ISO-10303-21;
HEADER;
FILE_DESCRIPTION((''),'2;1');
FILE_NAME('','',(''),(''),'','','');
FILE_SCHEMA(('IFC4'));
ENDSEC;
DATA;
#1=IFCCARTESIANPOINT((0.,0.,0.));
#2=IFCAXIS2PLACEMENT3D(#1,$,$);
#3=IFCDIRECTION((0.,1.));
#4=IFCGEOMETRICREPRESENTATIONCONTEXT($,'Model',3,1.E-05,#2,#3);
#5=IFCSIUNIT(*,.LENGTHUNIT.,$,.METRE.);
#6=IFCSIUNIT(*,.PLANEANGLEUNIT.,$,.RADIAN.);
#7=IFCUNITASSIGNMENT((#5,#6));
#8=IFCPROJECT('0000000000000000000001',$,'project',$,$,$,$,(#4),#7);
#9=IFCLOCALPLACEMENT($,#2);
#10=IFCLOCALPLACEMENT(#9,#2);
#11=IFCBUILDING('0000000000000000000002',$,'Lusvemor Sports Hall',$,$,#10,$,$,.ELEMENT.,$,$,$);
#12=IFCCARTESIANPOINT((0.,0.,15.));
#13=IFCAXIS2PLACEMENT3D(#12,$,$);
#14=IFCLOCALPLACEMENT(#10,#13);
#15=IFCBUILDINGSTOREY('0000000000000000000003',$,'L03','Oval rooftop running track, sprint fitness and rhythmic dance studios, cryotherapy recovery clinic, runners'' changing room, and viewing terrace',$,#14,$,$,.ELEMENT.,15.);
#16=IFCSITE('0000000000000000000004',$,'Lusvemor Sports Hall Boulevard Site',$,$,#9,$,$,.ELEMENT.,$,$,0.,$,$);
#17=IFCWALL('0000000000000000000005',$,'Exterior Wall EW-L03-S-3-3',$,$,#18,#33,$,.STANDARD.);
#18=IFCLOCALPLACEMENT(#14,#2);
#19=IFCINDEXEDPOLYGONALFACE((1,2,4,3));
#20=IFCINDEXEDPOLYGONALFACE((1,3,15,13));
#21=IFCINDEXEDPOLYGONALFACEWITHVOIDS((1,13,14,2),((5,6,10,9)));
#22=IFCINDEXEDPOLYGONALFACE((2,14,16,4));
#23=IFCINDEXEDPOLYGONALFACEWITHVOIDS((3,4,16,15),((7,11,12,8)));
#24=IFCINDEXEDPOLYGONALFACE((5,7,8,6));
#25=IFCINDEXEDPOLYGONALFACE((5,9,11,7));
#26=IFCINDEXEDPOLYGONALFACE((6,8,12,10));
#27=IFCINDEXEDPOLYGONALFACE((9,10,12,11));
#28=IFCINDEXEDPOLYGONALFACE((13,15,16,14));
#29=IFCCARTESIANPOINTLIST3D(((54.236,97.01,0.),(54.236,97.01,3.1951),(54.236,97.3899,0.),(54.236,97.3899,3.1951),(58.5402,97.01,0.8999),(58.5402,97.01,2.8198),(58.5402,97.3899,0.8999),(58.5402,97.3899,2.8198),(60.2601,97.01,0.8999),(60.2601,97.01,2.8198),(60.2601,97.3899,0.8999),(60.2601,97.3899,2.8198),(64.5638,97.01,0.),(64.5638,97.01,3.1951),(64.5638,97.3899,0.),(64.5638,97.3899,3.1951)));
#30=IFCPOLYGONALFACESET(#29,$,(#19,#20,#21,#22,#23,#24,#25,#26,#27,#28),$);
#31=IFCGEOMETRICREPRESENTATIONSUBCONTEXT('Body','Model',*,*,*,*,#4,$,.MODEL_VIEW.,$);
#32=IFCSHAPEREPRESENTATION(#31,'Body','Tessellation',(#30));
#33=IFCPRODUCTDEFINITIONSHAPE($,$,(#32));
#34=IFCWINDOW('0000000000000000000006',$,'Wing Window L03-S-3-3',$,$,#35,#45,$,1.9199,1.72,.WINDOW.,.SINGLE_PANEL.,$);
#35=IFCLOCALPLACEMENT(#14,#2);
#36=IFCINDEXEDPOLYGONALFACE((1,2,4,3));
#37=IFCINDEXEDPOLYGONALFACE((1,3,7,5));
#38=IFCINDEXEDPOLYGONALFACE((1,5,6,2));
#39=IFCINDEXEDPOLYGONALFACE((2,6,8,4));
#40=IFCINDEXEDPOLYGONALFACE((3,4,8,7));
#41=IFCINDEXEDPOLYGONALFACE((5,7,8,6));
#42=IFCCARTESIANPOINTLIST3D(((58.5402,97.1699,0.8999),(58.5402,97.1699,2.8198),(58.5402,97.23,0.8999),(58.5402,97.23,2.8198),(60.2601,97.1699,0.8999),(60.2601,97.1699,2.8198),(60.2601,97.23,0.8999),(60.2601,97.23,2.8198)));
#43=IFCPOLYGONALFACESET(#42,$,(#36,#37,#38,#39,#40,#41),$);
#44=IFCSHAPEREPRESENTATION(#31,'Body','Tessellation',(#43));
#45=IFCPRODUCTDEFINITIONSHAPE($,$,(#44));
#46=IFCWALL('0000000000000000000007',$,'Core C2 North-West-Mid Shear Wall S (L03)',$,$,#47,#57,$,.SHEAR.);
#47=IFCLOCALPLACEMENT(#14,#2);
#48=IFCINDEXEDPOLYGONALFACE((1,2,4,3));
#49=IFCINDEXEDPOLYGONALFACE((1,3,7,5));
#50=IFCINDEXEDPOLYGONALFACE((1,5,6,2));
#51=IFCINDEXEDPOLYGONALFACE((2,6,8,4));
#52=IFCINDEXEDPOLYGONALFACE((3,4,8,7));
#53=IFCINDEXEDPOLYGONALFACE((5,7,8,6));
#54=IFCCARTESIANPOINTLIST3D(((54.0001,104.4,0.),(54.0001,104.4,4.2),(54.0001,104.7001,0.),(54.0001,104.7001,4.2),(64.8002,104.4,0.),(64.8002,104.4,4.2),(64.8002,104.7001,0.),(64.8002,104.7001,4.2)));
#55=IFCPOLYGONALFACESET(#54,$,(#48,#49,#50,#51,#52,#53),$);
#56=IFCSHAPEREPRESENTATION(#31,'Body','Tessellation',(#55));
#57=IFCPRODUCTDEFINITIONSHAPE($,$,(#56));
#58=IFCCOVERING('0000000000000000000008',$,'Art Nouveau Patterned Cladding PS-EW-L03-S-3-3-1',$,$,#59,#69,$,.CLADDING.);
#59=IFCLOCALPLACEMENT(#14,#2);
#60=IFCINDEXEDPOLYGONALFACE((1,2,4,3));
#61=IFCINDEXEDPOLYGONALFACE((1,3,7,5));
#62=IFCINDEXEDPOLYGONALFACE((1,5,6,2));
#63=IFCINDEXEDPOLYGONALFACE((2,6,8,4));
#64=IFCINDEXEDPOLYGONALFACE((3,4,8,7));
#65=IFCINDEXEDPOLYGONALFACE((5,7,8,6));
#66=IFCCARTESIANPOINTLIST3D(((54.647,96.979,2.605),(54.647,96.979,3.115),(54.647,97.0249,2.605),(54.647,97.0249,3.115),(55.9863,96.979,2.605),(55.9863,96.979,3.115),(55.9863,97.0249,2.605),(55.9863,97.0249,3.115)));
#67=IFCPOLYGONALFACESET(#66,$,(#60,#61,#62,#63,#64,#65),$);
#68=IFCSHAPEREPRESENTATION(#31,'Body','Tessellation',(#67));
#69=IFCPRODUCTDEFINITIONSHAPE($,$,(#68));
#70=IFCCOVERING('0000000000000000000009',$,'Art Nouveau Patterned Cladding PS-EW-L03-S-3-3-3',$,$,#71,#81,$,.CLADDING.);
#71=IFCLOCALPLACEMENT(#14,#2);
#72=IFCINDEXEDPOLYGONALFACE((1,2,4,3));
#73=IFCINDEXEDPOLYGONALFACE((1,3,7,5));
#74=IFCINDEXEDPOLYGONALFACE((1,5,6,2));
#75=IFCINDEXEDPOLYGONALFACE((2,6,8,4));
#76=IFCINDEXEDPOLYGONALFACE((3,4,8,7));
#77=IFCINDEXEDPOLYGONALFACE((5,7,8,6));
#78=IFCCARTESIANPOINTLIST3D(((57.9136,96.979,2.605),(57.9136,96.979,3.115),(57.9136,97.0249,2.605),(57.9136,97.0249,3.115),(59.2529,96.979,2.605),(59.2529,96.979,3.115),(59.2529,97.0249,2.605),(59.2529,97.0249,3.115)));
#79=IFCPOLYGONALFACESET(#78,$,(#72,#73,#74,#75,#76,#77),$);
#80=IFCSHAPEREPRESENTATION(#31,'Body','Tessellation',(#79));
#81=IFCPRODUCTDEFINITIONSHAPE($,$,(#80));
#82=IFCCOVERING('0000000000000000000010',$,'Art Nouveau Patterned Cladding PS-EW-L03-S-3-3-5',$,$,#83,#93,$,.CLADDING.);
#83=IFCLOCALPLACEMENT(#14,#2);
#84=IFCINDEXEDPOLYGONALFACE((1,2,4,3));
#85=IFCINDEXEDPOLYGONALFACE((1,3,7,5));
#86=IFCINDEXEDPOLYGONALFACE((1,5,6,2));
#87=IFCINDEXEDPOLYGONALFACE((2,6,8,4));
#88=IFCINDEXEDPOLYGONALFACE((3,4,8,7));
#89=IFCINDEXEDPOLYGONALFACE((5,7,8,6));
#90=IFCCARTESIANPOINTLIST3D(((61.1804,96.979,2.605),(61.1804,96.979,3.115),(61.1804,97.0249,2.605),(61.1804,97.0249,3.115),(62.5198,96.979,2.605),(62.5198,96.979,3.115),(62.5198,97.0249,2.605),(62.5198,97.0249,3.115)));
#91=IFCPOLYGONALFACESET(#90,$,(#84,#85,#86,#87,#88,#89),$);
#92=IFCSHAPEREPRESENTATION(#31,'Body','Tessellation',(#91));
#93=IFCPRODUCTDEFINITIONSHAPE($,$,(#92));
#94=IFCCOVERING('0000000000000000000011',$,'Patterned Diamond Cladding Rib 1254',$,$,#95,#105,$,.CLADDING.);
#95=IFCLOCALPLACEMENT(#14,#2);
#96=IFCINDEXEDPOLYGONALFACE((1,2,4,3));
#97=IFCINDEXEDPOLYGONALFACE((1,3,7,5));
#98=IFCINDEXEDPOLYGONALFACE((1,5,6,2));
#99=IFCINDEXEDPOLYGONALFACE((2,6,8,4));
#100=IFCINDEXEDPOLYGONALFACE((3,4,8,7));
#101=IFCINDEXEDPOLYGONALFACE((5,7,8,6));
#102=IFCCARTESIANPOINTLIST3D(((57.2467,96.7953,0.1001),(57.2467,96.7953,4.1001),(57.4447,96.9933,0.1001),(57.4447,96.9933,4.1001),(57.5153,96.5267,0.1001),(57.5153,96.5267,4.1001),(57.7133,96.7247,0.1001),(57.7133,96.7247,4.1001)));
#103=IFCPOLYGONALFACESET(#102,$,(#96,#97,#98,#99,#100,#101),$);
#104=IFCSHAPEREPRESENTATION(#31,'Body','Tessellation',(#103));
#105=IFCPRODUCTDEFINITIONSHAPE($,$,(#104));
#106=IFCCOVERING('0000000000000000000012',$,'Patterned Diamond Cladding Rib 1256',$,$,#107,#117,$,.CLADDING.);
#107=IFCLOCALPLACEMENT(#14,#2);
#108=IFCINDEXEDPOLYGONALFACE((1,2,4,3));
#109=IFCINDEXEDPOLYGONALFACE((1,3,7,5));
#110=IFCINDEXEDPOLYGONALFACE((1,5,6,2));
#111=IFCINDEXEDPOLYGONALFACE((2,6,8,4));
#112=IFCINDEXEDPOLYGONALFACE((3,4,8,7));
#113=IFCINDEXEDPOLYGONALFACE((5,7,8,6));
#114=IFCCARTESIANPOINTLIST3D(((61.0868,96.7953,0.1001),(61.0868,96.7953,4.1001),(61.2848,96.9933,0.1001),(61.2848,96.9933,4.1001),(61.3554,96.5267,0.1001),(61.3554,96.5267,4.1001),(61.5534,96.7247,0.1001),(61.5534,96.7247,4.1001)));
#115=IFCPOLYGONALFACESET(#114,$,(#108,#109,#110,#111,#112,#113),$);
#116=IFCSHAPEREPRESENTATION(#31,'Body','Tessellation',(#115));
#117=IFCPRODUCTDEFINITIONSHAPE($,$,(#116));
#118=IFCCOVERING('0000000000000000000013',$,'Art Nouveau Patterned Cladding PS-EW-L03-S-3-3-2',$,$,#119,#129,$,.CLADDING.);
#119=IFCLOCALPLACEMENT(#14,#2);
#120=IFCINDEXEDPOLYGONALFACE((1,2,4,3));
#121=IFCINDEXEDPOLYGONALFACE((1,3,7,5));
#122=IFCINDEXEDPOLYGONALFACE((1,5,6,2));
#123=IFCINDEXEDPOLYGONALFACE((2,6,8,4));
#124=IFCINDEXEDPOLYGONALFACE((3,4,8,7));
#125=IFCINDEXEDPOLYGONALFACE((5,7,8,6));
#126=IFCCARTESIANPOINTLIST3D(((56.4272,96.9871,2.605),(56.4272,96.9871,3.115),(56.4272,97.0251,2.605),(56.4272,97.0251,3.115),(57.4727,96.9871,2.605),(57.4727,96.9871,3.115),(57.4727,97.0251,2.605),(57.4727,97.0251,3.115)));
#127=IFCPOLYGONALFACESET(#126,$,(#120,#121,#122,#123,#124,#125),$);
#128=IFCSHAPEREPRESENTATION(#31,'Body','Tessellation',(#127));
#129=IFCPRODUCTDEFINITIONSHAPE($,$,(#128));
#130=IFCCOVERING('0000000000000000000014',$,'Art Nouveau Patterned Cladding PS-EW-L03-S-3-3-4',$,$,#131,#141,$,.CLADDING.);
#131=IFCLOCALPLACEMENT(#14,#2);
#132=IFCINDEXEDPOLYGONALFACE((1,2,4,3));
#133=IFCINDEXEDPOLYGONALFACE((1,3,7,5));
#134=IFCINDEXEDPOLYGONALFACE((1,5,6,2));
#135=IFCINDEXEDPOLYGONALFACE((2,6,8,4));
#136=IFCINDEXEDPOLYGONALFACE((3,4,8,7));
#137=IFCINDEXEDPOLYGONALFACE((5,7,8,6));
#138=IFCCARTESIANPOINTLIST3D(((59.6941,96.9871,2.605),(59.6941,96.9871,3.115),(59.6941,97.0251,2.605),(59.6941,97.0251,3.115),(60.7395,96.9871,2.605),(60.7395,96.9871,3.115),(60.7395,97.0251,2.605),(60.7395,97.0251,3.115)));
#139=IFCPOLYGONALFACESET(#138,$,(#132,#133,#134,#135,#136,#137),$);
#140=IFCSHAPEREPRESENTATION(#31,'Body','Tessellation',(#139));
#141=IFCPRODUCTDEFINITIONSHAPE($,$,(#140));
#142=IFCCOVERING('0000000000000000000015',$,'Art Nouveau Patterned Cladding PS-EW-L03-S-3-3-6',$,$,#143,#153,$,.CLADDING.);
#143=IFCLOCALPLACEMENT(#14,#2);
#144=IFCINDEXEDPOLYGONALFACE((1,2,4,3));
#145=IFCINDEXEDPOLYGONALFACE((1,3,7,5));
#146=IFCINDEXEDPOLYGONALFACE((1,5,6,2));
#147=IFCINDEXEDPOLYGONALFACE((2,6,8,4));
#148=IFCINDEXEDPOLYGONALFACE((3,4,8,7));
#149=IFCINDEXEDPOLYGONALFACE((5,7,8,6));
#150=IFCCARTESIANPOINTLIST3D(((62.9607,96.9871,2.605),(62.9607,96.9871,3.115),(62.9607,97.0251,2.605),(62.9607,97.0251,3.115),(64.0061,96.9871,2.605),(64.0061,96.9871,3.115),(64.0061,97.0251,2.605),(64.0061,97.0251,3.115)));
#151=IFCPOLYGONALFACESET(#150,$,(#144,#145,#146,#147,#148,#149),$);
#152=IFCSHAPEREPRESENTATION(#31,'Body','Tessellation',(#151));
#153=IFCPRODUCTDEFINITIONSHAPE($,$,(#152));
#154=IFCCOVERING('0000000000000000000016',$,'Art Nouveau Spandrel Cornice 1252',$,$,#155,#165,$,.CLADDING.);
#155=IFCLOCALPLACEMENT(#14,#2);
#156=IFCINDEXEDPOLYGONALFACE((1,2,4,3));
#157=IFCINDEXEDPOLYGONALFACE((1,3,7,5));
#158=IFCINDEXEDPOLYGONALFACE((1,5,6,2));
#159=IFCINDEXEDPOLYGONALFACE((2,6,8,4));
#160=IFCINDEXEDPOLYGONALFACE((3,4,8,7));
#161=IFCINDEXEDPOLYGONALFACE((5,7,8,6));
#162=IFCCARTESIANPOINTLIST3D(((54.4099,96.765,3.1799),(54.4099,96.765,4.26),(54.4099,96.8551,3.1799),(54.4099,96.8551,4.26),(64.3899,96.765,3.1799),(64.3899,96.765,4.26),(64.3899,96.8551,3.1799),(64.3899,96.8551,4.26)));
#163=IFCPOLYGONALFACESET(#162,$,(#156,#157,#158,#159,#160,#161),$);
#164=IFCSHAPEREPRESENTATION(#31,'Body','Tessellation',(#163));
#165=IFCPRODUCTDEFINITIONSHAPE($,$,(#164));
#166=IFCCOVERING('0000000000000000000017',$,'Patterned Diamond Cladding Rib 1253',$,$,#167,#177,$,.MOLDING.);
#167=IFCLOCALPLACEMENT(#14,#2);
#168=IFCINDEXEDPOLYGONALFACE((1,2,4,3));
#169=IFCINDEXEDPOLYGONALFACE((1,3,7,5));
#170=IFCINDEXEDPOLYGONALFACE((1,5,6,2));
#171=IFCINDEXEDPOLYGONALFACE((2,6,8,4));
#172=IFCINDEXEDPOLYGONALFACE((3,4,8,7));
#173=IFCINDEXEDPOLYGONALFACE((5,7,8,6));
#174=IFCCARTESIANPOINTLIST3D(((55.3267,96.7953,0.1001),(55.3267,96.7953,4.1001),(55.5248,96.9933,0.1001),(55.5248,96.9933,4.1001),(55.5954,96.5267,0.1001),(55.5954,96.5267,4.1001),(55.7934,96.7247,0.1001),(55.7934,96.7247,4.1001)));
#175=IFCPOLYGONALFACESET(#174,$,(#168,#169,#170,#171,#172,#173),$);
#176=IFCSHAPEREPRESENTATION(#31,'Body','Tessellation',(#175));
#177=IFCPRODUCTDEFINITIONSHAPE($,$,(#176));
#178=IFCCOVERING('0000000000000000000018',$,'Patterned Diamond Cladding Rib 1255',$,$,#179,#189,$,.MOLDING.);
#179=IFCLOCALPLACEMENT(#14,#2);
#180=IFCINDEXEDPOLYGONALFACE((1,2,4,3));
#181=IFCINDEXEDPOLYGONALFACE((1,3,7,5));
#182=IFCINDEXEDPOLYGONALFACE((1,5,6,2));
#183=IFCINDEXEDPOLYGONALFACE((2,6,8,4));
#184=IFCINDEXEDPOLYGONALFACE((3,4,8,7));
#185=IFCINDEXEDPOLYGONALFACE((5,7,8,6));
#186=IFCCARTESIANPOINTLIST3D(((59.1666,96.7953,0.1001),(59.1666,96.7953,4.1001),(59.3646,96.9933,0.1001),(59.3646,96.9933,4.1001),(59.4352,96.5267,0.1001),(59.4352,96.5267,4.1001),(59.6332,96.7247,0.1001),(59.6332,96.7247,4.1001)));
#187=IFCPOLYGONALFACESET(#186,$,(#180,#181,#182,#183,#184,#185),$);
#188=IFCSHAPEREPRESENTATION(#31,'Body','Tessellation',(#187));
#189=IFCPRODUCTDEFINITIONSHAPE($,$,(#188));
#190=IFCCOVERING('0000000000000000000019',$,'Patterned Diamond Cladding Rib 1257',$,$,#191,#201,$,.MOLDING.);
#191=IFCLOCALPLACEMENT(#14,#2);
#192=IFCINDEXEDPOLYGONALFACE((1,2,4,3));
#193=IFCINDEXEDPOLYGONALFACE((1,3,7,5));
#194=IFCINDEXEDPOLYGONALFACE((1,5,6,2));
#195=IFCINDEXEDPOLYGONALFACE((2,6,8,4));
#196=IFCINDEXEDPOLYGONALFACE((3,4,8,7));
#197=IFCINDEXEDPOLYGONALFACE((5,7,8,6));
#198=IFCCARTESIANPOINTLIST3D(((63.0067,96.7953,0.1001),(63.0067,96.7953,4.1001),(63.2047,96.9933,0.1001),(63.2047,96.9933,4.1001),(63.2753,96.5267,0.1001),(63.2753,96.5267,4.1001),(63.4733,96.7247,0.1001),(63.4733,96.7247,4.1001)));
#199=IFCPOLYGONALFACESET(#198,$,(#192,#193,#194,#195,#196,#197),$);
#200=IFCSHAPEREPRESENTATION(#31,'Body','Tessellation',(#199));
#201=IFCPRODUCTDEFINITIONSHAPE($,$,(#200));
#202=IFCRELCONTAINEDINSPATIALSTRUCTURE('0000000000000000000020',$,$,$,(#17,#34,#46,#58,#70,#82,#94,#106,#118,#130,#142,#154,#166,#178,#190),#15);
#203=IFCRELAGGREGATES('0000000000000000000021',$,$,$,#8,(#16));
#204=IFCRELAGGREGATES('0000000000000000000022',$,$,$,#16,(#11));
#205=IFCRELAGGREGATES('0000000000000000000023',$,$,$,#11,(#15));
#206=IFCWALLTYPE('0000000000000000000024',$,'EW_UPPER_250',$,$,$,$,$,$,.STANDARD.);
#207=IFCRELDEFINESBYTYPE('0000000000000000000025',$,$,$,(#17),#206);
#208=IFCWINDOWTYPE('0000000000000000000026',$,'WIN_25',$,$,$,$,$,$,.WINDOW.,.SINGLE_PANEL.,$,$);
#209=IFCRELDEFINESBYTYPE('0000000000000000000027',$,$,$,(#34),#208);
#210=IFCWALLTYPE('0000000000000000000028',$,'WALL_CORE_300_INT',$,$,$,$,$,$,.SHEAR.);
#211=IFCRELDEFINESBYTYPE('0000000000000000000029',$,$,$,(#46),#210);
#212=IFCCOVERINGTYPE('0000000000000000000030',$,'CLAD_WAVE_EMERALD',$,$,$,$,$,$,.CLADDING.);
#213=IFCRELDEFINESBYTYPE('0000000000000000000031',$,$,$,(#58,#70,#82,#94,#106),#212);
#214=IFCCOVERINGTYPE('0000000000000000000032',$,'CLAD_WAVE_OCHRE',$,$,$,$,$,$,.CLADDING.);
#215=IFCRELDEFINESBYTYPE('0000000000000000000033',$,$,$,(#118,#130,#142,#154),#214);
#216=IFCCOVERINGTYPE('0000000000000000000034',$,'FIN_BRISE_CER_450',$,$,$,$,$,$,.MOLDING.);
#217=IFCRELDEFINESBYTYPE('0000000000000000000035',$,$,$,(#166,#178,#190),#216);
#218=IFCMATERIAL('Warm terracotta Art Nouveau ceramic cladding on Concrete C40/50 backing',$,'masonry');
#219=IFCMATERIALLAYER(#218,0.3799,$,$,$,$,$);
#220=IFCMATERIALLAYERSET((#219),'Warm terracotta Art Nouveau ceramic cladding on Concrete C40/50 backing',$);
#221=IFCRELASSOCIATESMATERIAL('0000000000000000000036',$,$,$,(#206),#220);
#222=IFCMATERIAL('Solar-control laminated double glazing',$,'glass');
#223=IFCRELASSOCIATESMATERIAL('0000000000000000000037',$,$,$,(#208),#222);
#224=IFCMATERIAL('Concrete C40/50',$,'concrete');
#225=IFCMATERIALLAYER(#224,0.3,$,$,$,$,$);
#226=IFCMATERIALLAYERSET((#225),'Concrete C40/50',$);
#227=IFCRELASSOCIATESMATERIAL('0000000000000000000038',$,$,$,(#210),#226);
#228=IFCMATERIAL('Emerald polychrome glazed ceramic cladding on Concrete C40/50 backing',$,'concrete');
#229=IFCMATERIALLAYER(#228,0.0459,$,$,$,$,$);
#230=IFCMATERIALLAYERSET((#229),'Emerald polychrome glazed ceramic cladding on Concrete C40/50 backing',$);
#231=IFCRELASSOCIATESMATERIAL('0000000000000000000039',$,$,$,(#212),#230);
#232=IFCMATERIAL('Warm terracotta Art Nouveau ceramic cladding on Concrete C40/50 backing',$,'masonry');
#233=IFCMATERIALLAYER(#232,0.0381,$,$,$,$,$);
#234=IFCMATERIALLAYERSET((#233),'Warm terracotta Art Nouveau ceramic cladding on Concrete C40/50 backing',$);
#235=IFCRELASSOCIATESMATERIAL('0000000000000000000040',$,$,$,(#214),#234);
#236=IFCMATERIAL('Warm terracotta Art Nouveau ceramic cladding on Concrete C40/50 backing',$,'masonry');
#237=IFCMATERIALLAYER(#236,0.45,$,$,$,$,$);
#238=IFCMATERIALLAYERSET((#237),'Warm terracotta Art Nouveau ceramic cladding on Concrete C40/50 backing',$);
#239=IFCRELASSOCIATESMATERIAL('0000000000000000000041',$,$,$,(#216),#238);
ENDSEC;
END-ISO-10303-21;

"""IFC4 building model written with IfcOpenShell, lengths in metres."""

from ifc_helpers import new_model, si_unit, direction, frame, frame_2d, origin, origin_2d, place, context, subcontext, project, spatial, rectangle, extrude, material, layer, layer_set, type_object, element, fill, save


model = new_model("IFC4")

# Units and contexts
model_context = context("Model", 3, precision=1e-05, world=origin(), true_north=direction((0.0, 1.0)))
body_context = subcontext(model_context, "Body", "Model", "MODEL_VIEW")
ifc_project = project(units=[si_unit("LENGTHUNIT", "METRE"), si_unit("PLANEANGLEUNIT", "RADIAN")], contexts=[model_context])

# Site, building, storey
site_placement = place(None, origin())
site = spatial("IfcSite", under=ifc_project, at=site_placement, Name="Lusvemor Sports Hall Boulevard Site", CompositionType="ELEMENT", RefElevation=0.0)
building_placement = place(site_placement, origin())
building = spatial("IfcBuilding", under=site, at=building_placement, Name="Lusvemor Sports Hall", CompositionType="ELEMENT")
storey_placement = place(building_placement, frame((0.0, 0.0, 15.0)))
storey = spatial("IfcBuildingStorey", under=building, at=storey_placement, Name="L03", Description="Oval rooftop running track, sprint fitness and rhythmic dance studios, cryotherapy recovery clinic, runners' changing room, and viewing terrace", CompositionType="ELEMENT", Elevation=15.0)

# Wall, opening, window
ifc_material_1 = material(Name="Warm terracotta Art Nouveau ceramic cladding on Concrete C40/50 backing", Category="masonry")
ifc_layer_1 = layer(ifc_material_1, 0.3799)
ifc_layer_set_1 = layer_set([ifc_layer_1], Name="Warm terracotta Art Nouveau ceramic cladding on Concrete C40/50 backing")
wall_type_1 = type_object("IfcWallType", Name="EW_UPPER_250", PredefinedType="STANDARD", material=ifc_layer_set_1)
wall_1_placement = place(storey_placement, frame((64.564, 97.2, 0.0), z_axis=(0.0, 0.0, 1.0), x_axis=(-1.0, 0.0, 0.0)))
wall_1 = element("IfcWall", 1, at=wall_1_placement, inside=storey, type_object=wall_type_1, Name="Exterior Wall EW-L03-S-3-3", PredefinedType="STANDARD", context=body_context, shape_type="SweptSolid", body=[
    extrude(rectangle(XDim=10.3279, YDim=0.3799, at=frame_2d((5.1641, 0.0))), origin(), (0.0, 0.0, 1.0), 3.1951),
])
opening_1_placement = place(wall_1_placement, frame((4.304, 0.0, 0.8999)))
opening_1 = element("IfcOpeningElement", 2, at=opening_1_placement, cuts=wall_1, PredefinedType="OPENING", context=body_context, shape_type="SweptSolid", body=[
    extrude(rectangle(XDim=1.72, YDim=1.9199, at=frame_2d((0.8599, 0.96))), frame((0.0, 0.1899, 0.0), z_axis=(0.0, -1.0, 0.0), x_axis=(1.0, 0.0, 0.0)), (0.0, 0.0, 1.0), 0.3799),
])
ifc_material_2 = material(Name="Solar-control laminated double glazing", Category="glass")
window_type = type_object("IfcWindowType", Name="WIN_25", PartitioningType="SINGLE_PANEL", PredefinedType="WINDOW", material=ifc_material_2)
window_placement = place(opening_1_placement, origin())
window = element("IfcWindow", 3, at=window_placement, inside=storey, type_object=window_type, Name="Wing Window L03-S-3-3", OverallHeight=1.9199, OverallWidth=1.72, PartitioningType="SINGLE_PANEL", PredefinedType="WINDOW", context=body_context, shape_type="SweptSolid", body=[
    extrude(rectangle(XDim=1.72, YDim=1.9199, at=frame_2d((0.8599, 0.96))), frame((0.0, 0.03, 0.0), z_axis=(0.0, -1.0, 0.0), x_axis=(1.0, 0.0, 0.0)), (0.0, 0.0, 1.0), 0.0601),
])
fill(opening_1, window)

# Wall
ifc_material_3 = material(Name="Concrete C40/50", Category="concrete")
ifc_layer_2 = layer(ifc_material_3, 0.3)
ifc_layer_set_2 = layer_set([ifc_layer_2], Name="Concrete C40/50")
wall_type_2 = type_object("IfcWallType", Name="WALL_CORE_300_INT", PredefinedType="SHEAR", material=ifc_layer_set_2)
wall_2_placement = place(storey_placement, frame((64.8, 104.55, 0.0), z_axis=(0.0, 0.0, 1.0), x_axis=(-1.0, 0.0, 0.0)))
element("IfcWall", 4, at=wall_2_placement, inside=storey, type_object=wall_type_2, Name="Core C2 North-West-Mid Shear Wall S (L03)", PredefinedType="SHEAR", context=body_context, shape_type="SweptSolid", body=[
    extrude(rectangle(XDim=10.8, YDim=0.3, at=frame_2d((5.3999, 0.0))), origin(), (0.0, 0.0, 1.0), 4.2),
])

# Coverings
ifc_material_4 = material(Name="Emerald polychrome glazed ceramic cladding on Concrete C40/50 backing", Category="concrete")
ifc_layer_3 = layer(ifc_material_4, 0.0459)
ifc_layer_set_3 = layer_set([ifc_layer_3], Name="Emerald polychrome glazed ceramic cladding on Concrete C40/50 backing")
covering_type_1 = type_object("IfcCoveringType", Name="CLAD_WAVE_EMERALD", PredefinedType="CLADDING", material=ifc_layer_set_3)
for number, where, z_axis, x_axis, name in (
    (5, (55.3167, 97.002, 2.605), (0.0, 0.0, 1.0), (1.0, 0.0, 0.0), "Art Nouveau Patterned Cladding PS-EW-L03-S-3-3-1"),
    (6, (58.5833, 97.002, 2.605), (0.0, 0.0, 1.0), (1.0, 0.0, 0.0), "Art Nouveau Patterned Cladding PS-EW-L03-S-3-3-3"),
    (7, (61.8501, 97.002, 2.605), (0.0, 0.0, 1.0), (1.0, 0.0, 0.0), "Art Nouveau Patterned Cladding PS-EW-L03-S-3-3-5"),
):
    element("IfcCovering", number, at=place(storey_placement, frame(where, z_axis=z_axis, x_axis=x_axis)), inside=storey, type_object=covering_type_1, Name=name, PredefinedType="CLADDING", context=body_context, shape_type="SweptSolid", body=[
        extrude(rectangle(XDim=1.3394, YDim=0.0459, at=origin_2d()), origin(), (0.0, 0.0, 1.0), 0.51),
    ])
for number, where, z_axis, x_axis, name in (
    (8, (57.48, 96.76, 0.1001), (0.0, 0.0, 1.0), (0.707107, 0.707107, 0.0), "Patterned Diamond Cladding Rib 1254"),
    (9, (61.3201, 96.76, 0.1001), (0.0, 0.0, 1.0), (0.707107, 0.707107, 0.0), "Patterned Diamond Cladding Rib 1256"),
):
    element("IfcCovering", number, at=place(storey_placement, frame(where, z_axis=z_axis, x_axis=x_axis)), inside=storey, type_object=covering_type_1, Name=name, PredefinedType="CLADDING", context=body_context, shape_type="SweptSolid", body=[
        extrude(rectangle(XDim=0.28, YDim=0.3799, at=origin_2d()), origin(), (0.0, 0.0, 1.0), 4.0),
    ])
ifc_material_5 = material(Name="Warm terracotta Art Nouveau ceramic cladding on Concrete C40/50 backing", Category="masonry")
ifc_layer_4 = layer(ifc_material_5, 0.0381)
ifc_layer_set_4 = layer_set([ifc_layer_4], Name="Warm terracotta Art Nouveau ceramic cladding on Concrete C40/50 backing")
covering_type_2 = type_object("IfcCoveringType", Name="CLAD_WAVE_OCHRE", PredefinedType="CLADDING", material=ifc_layer_set_4)
for number, where, z_axis, x_axis, name in (
    (10, (56.95, 97.0061, 2.605), (0.0, 0.0, 1.0), (1.0, 0.0, 0.0), "Art Nouveau Patterned Cladding PS-EW-L03-S-3-3-2"),
    (11, (60.2168, 97.0061, 2.605), (0.0, 0.0, 1.0), (1.0, 0.0, 0.0), "Art Nouveau Patterned Cladding PS-EW-L03-S-3-3-4"),
    (12, (63.4834, 97.0061, 2.605), (0.0, 0.0, 1.0), (1.0, 0.0, 0.0), "Art Nouveau Patterned Cladding PS-EW-L03-S-3-3-6"),
):
    element("IfcCovering", number, at=place(storey_placement, frame(where, z_axis=z_axis, x_axis=x_axis)), inside=storey, type_object=covering_type_2, Name=name, PredefinedType="CLADDING", context=body_context, shape_type="SweptSolid", body=[
        extrude(rectangle(XDim=1.0454, YDim=0.0381, at=origin_2d()), origin(), (0.0, 0.0, 1.0), 0.51),
    ])
covering_placement = place(storey_placement, frame((59.3999, 96.8101, 3.1799), z_axis=(0.0, 0.0, 1.0), x_axis=(1.0, 0.0, 0.0)))
element("IfcCovering", 13, at=covering_placement, inside=storey, type_object=covering_type_2, Name="Art Nouveau Spandrel Cornice 1252", PredefinedType="CLADDING", context=body_context, shape_type="SweptSolid", body=[
    extrude(rectangle(XDim=9.98, YDim=0.0901, at=origin_2d()), origin(), (0.0, 0.0, 1.0), 1.0801),
])
ifc_material_6 = material(Name="Warm terracotta Art Nouveau ceramic cladding on Concrete C40/50 backing", Category="masonry")
ifc_layer_5 = layer(ifc_material_6, 0.45)
ifc_layer_set_5 = layer_set([ifc_layer_5], Name="Warm terracotta Art Nouveau ceramic cladding on Concrete C40/50 backing")
covering_type_3 = type_object("IfcCoveringType", Name="FIN_BRISE_CER_450", PredefinedType="MOLDING", material=ifc_layer_set_5)
for number, where, z_axis, x_axis, name in (
    (14, (55.5601, 96.76, 0.1001), (0.0, 0.0, 1.0), (0.707107, 0.707107, 0.0), "Patterned Diamond Cladding Rib 1253"),
    (15, (59.3999, 96.76, 0.1001), (0.0, 0.0, 1.0), (0.707107, 0.707107, 0.0), "Patterned Diamond Cladding Rib 1255"),
    (16, (63.24, 96.76, 0.1001), (0.0, 0.0, 1.0), (0.707107, 0.707107, 0.0), "Patterned Diamond Cladding Rib 1257"),
):
    element("IfcCovering", number, at=place(storey_placement, frame(where, z_axis=z_axis, x_axis=x_axis)), inside=storey, type_object=covering_type_3, Name=name, PredefinedType="MOLDING", context=body_context, shape_type="SweptSolid", body=[
        extrude(rectangle(XDim=0.28, YDim=0.3799, at=origin_2d()), origin(), (0.0, 0.0, 1.0), 4.0),
    ])

save(model, "model.ifc")
